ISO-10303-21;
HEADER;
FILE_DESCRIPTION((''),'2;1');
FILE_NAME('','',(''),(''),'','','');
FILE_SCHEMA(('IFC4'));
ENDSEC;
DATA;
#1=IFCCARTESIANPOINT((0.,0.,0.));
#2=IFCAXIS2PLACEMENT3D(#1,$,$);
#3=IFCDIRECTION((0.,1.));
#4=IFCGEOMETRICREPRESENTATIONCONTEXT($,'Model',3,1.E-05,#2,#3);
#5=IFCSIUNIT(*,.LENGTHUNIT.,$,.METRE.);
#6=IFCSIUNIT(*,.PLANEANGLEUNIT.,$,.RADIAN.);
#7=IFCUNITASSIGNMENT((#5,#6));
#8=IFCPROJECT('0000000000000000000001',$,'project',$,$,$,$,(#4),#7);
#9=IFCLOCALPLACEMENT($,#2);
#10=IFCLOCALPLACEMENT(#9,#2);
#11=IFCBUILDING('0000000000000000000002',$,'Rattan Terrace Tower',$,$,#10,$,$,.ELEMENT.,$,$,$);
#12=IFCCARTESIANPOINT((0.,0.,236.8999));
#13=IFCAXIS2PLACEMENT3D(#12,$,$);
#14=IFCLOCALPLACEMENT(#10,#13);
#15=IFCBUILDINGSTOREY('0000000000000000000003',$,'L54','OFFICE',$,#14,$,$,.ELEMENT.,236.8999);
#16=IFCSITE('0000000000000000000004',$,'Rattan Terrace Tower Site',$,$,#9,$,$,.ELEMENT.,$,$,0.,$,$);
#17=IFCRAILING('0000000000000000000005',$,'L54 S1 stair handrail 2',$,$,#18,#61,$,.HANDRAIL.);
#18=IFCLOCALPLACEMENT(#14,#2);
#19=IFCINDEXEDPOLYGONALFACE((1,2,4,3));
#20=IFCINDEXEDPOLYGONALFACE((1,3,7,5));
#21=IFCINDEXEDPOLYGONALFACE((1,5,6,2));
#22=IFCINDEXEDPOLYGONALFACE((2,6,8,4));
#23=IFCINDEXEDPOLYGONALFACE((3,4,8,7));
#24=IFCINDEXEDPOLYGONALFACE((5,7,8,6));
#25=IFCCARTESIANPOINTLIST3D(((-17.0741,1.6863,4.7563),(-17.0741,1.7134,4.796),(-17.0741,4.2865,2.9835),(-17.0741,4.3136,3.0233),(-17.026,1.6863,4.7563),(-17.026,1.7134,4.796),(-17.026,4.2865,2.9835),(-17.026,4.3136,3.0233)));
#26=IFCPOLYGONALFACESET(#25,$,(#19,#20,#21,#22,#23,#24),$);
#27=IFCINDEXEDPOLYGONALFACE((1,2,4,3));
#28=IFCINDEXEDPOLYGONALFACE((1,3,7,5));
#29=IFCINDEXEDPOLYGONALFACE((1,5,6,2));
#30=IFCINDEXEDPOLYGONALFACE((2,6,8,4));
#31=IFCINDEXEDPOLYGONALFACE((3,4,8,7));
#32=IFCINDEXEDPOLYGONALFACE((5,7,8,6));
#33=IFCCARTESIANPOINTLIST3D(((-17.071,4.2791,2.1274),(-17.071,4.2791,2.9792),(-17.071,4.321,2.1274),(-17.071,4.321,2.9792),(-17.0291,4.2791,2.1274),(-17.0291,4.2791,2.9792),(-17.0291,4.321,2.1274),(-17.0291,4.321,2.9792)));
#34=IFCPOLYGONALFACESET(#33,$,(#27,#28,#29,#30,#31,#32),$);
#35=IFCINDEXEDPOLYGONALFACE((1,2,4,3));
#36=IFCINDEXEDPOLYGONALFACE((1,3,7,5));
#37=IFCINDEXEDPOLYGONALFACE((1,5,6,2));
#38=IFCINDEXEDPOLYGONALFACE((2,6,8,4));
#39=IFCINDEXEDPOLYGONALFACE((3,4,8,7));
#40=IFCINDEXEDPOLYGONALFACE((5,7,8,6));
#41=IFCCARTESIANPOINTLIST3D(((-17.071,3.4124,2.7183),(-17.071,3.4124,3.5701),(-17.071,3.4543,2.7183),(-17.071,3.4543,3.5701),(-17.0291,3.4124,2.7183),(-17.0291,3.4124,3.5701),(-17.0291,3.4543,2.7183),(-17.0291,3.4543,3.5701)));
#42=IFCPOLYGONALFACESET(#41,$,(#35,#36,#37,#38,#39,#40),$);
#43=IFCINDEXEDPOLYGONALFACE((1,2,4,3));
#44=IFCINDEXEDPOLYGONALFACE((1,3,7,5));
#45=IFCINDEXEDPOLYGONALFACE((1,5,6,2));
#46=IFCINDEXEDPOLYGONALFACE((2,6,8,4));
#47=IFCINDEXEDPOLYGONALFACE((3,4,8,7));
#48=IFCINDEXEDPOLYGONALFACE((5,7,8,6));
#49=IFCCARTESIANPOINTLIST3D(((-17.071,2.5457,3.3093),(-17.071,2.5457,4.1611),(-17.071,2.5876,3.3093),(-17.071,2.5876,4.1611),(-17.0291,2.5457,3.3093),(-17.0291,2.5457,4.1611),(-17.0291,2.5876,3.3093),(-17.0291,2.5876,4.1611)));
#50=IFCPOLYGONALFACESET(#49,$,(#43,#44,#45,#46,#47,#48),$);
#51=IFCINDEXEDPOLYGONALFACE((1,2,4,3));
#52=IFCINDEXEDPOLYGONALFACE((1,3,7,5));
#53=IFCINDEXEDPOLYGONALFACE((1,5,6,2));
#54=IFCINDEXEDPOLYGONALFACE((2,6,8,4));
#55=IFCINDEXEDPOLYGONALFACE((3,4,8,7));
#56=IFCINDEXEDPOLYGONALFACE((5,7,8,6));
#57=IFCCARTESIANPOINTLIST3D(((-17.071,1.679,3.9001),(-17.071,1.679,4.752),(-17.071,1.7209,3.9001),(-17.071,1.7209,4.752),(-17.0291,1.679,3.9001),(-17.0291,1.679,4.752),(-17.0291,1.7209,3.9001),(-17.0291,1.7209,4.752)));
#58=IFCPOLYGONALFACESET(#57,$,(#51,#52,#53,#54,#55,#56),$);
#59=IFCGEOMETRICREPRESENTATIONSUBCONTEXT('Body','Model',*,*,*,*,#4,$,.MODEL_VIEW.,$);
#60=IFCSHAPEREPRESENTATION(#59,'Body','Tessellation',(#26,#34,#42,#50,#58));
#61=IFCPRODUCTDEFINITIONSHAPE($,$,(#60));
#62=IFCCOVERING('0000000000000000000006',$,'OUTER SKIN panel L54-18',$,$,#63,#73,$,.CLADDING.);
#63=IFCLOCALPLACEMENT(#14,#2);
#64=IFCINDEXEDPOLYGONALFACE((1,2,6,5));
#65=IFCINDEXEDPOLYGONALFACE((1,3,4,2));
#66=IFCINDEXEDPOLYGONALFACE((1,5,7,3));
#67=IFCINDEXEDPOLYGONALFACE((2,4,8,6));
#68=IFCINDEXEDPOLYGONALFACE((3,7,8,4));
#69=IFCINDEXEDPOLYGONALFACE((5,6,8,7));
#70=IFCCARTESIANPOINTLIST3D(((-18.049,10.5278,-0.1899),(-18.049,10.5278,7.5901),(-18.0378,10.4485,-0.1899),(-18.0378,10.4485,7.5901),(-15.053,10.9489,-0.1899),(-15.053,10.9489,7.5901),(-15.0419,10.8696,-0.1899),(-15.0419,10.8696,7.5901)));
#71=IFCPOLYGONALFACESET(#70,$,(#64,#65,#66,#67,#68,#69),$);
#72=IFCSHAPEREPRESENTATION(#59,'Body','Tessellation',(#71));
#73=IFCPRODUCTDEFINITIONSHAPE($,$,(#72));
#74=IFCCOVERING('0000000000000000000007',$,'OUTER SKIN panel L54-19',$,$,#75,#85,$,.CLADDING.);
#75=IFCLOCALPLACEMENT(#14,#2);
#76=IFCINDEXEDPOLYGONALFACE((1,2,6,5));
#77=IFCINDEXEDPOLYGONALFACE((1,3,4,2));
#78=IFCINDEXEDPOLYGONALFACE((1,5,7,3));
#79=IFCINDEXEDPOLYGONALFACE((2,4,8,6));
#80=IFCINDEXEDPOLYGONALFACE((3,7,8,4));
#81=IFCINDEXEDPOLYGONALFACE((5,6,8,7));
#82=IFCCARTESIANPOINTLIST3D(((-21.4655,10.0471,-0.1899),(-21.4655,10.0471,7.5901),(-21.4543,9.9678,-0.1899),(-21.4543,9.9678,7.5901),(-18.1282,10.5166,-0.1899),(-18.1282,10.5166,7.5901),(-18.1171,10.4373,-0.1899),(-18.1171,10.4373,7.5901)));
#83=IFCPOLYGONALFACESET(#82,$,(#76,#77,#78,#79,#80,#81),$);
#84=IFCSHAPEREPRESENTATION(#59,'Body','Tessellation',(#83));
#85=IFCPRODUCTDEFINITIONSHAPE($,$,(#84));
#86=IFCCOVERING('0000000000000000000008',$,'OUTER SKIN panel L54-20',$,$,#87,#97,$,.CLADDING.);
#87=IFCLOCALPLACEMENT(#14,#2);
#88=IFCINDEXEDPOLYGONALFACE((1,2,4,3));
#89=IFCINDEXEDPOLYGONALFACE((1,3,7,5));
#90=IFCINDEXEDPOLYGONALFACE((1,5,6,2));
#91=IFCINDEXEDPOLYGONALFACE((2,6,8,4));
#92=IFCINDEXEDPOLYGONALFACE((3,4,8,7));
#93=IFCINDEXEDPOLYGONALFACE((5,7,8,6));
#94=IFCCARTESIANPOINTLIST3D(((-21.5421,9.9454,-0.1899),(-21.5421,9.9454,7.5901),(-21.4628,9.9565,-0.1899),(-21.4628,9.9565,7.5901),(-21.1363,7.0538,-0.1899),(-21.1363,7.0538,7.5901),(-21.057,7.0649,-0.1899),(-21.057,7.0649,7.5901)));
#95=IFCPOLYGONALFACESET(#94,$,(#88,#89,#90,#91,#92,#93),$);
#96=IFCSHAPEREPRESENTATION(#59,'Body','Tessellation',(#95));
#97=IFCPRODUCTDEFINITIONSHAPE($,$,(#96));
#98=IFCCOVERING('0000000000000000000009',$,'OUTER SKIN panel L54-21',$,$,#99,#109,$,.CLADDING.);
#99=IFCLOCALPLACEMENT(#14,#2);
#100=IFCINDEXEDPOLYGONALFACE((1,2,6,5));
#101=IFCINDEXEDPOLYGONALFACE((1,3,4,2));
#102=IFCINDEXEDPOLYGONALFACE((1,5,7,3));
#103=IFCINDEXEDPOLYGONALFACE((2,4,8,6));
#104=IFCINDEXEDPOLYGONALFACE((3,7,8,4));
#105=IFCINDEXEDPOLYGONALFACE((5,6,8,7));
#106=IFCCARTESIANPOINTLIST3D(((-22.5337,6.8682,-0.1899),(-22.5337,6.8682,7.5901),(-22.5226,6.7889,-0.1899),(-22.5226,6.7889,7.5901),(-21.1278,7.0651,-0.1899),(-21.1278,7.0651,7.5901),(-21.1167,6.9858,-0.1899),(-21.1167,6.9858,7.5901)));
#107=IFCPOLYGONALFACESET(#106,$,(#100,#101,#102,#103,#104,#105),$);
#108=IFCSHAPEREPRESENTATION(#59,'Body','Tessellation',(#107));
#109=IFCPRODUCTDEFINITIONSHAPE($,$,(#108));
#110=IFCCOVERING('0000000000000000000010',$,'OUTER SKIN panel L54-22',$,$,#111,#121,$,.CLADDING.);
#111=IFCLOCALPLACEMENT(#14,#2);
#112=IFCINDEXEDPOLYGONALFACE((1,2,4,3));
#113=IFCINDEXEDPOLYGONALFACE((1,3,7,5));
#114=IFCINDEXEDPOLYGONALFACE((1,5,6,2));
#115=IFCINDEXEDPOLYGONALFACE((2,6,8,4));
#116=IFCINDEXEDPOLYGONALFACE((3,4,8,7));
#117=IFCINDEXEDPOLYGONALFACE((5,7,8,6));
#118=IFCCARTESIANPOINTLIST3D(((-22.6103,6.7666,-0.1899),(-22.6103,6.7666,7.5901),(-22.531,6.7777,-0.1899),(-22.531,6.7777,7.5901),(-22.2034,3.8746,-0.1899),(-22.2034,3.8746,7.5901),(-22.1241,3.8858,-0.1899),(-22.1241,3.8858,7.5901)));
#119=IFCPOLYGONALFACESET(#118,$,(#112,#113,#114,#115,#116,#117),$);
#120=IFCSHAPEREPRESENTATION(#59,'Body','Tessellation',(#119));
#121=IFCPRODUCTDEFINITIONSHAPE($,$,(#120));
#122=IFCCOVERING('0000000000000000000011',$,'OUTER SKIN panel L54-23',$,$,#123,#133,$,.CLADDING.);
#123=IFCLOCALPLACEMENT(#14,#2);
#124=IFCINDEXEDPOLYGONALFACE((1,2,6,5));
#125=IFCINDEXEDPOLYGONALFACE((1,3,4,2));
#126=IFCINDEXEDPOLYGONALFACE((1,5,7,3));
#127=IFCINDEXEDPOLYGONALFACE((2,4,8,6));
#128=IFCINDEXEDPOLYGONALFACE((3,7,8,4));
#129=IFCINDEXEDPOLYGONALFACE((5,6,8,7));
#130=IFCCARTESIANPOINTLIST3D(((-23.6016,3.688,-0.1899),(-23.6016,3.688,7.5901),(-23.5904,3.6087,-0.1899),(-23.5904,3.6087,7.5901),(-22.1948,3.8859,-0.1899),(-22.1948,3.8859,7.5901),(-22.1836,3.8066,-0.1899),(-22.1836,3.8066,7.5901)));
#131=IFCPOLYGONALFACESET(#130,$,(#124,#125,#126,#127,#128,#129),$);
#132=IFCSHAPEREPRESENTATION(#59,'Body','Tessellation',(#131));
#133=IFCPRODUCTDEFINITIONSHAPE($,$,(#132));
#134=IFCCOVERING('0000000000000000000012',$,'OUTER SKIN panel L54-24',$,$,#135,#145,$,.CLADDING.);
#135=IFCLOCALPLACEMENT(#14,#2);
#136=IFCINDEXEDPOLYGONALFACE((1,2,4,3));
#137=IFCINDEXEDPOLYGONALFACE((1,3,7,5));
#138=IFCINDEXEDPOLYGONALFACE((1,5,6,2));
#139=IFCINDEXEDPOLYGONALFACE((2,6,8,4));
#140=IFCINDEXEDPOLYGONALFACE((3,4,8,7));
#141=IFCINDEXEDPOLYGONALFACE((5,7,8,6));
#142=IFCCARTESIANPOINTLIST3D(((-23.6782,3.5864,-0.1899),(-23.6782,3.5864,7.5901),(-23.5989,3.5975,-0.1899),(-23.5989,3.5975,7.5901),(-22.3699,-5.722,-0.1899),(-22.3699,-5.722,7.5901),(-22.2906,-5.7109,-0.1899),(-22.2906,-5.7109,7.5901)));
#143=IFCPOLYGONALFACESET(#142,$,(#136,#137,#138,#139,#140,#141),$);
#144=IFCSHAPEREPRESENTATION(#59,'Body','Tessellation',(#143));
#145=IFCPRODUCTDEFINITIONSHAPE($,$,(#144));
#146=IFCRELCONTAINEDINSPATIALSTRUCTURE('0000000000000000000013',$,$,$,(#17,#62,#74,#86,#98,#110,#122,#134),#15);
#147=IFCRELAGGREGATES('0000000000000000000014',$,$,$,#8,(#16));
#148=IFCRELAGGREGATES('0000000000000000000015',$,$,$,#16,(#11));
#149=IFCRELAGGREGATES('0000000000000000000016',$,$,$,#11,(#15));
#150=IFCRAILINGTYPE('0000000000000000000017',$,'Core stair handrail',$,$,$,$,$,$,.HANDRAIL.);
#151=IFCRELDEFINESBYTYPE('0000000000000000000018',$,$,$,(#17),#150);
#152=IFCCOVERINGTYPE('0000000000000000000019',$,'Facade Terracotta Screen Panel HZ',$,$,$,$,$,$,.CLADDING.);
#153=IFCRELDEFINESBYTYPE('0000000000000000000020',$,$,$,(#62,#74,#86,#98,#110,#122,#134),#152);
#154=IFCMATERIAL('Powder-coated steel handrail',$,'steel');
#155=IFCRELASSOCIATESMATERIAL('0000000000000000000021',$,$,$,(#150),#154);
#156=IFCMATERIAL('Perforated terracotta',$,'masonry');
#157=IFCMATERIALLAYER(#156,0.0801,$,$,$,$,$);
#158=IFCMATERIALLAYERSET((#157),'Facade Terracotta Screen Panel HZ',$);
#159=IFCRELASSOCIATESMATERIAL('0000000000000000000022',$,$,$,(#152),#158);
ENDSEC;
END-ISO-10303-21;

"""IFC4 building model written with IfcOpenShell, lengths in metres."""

from ifc_helpers import new_model, si_unit, direction, frame, origin, origin_2d, place, context, subcontext, project, spatial, rectangle, extrude, material, layer, layer_set, type_object, element, save


model = new_model("IFC4")

# Units and contexts
model_context = context("Model", 3, precision=1e-05, world=origin(), true_north=direction((0.0, 1.0)))
body_context = subcontext(model_context, "Body", "Model", "MODEL_VIEW")
ifc_project = project(units=[si_unit("LENGTHUNIT", "METRE"), si_unit("PLANEANGLEUNIT", "RADIAN")], contexts=[model_context])

# Site, building, storey
site_placement = place(None, origin())
site = spatial("IfcSite", under=ifc_project, at=site_placement, Name="Rattan Terrace Tower Site", CompositionType="ELEMENT", RefElevation=0.0)
building_placement = place(site_placement, origin())
building = spatial("IfcBuilding", under=site, at=building_placement, Name="Rattan Terrace Tower", CompositionType="ELEMENT")
storey_placement = place(building_placement, frame((0.0, 0.0, 236.8999)))
storey = spatial("IfcBuildingStorey", under=building, at=storey_placement, Name="L54", Description="OFFICE", CompositionType="ELEMENT", Elevation=236.8999)

# Railing
ifc_material_1 = material(Name="Powder-coated steel handrail", Category="steel")
railing_type_1 = type_object("IfcRailingType", Name="Core stair handrail", PredefinedType="HANDRAIL", material=ifc_material_1)
railing_1_placement = place(storey_placement, frame((-17.05, 4.3, 2.1274)))
element("IfcRailing", 1, at=railing_1_placement, inside=storey, type_object=railing_type_1, Name="L54 S1 stair handrail 2", PredefinedType="HANDRAIL", context=body_context, shape_type="SweptSolid", body=[
    extrude(rectangle(XDim=0.0481, YDim=0.0481, at=origin_2d()), frame((0.0, 0.0, 0.876), z_axis=(0.0, -0.82624, 0.563318), x_axis=(1.0, 0.0, 0.0)), (0.0, 0.0, 1.0), 3.147),
    extrude(rectangle(XDim=0.042, YDim=0.042, at=origin_2d()), origin(), (0.0, 0.0, 1.0), 0.8518),
    extrude(rectangle(XDim=0.042, YDim=0.042, at=origin_2d()), frame((0.0, -0.8667, 0.5908)), (0.0, 0.0, 1.0), 0.8518),
    extrude(rectangle(XDim=0.042, YDim=0.042, at=origin_2d()), frame((0.0, -1.7334, 1.1819)), (0.0, 0.0, 1.0), 0.8518),
    extrude(rectangle(XDim=0.042, YDim=0.042, at=origin_2d()), frame((0.0, -2.6001, 1.7727)), (0.0, 0.0, 1.0), 0.8518),
])

# Coverings
ifc_material_2 = material(Name="Perforated terracotta", Category="masonry")
ifc_layer_1 = layer(ifc_material_2, 0.0801)
ifc_layer_set_1 = layer_set([ifc_layer_1], Name="Facade Terracotta Screen Panel HZ")
covering_type = type_object("IfcCoveringType", Name="Facade Terracotta Screen Panel HZ", PredefinedType="CLADDING", material=ifc_layer_set_1)
covering_1_placement = place(storey_placement, frame((-16.5454, 10.6987, -0.1899), z_axis=(0.0, 0.0, 1.0), x_axis=(-0.990267, -0.139177, 0.0)))
element("IfcCovering", 2, at=covering_1_placement, inside=storey, type_object=covering_type, Name="OUTER SKIN panel L54-18", PredefinedType="CLADDING", context=body_context, shape_type="SweptSolid", body=[
    extrude(rectangle(XDim=3.0254, YDim=0.0801, at=origin_2d()), origin(), (0.0, 0.0, 1.0), 7.78),
])
covering_2_placement = place(storey_placement, frame((-19.7913, 10.2422, -0.1899), z_axis=(0.0, 0.0, 1.0), x_axis=(-0.990247, -0.139321, 0.0)))
element("IfcCovering", 3, at=covering_2_placement, inside=storey, type_object=covering_type, Name="OUTER SKIN panel L54-19", PredefinedType="CLADDING", context=body_context, shape_type="SweptSolid", body=[
    extrude(rectangle(XDim=3.3701, YDim=0.0801, at=origin_2d()), origin(), (0.0, 0.0, 1.0), 7.78),
])
covering_3_placement = place(storey_placement, frame((-21.2996, 8.5051, -0.1899), z_axis=(0.0, 0.0, 1.0), x_axis=(0.138994, -0.990293, 0.0)))
element("IfcCovering", 4, at=covering_3_placement, inside=storey, type_object=covering_type, Name="OUTER SKIN panel L54-20", PredefinedType="CLADDING", context=body_context, shape_type="SweptSolid", body=[
    extrude(rectangle(XDim=2.9199, YDim=0.0801, at=origin_2d()), origin(), (0.0, 0.0, 1.0), 7.78),
])
covering_4_placement = place(storey_placement, frame((-21.8252, 6.927, -0.1899), z_axis=(0.0, 0.0, 1.0), x_axis=(-0.990333, -0.138713, 0.0)))
element("IfcCovering", 5, at=covering_4_placement, inside=storey, type_object=covering_type, Name="OUTER SKIN panel L54-21", PredefinedType="CLADDING", context=body_context, shape_type="SweptSolid", body=[
    extrude(rectangle(XDim=1.4197, YDim=0.0801, at=origin_2d()), origin(), (0.0, 0.0, 1.0), 7.78),
])
covering_5_placement = place(storey_placement, frame((-22.3672, 5.3262, -0.1899), z_axis=(0.0, 0.0, 1.0), x_axis=(0.139321, -0.990247, 0.0)))
element("IfcCovering", 6, at=covering_5_placement, inside=storey, type_object=covering_type, Name="OUTER SKIN panel L54-22", PredefinedType="CLADDING", context=body_context, shape_type="SweptSolid", body=[
    extrude(rectangle(XDim=2.9204, YDim=0.0801, at=origin_2d()), origin(), (0.0, 0.0, 1.0), 7.78),
])
covering_6_placement = place(storey_placement, frame((-22.8926, 3.7473, -0.1899), z_axis=(0.0, 0.0, 1.0), x_axis=(-0.990254, -0.139275, 0.0)))
element("IfcCovering", 7, at=covering_6_placement, inside=storey, type_object=covering_type, Name="OUTER SKIN panel L54-23", PredefinedType="CLADDING", context=body_context, shape_type="SweptSolid", body=[
    extrude(rectangle(XDim=1.4207, YDim=0.0801, at=origin_2d()), origin(), (0.0, 0.0, 1.0), 7.78),
])
covering_7_placement = place(storey_placement, frame((-22.9844, -1.0623, -0.1899), z_axis=(0.0, 0.0, 1.0), x_axis=(0.139186, -0.990266, 0.0)))
element("IfcCovering", 8, at=covering_7_placement, inside=storey, type_object=covering_type, Name="OUTER SKIN panel L54-24", PredefinedType="CLADDING", context=body_context, shape_type="SweptSolid", body=[
    extrude(rectangle(XDim=9.3999, YDim=0.0801, at=origin_2d()), origin(), (0.0, 0.0, 1.0), 7.78),
])

save(model, "model.ifc")
